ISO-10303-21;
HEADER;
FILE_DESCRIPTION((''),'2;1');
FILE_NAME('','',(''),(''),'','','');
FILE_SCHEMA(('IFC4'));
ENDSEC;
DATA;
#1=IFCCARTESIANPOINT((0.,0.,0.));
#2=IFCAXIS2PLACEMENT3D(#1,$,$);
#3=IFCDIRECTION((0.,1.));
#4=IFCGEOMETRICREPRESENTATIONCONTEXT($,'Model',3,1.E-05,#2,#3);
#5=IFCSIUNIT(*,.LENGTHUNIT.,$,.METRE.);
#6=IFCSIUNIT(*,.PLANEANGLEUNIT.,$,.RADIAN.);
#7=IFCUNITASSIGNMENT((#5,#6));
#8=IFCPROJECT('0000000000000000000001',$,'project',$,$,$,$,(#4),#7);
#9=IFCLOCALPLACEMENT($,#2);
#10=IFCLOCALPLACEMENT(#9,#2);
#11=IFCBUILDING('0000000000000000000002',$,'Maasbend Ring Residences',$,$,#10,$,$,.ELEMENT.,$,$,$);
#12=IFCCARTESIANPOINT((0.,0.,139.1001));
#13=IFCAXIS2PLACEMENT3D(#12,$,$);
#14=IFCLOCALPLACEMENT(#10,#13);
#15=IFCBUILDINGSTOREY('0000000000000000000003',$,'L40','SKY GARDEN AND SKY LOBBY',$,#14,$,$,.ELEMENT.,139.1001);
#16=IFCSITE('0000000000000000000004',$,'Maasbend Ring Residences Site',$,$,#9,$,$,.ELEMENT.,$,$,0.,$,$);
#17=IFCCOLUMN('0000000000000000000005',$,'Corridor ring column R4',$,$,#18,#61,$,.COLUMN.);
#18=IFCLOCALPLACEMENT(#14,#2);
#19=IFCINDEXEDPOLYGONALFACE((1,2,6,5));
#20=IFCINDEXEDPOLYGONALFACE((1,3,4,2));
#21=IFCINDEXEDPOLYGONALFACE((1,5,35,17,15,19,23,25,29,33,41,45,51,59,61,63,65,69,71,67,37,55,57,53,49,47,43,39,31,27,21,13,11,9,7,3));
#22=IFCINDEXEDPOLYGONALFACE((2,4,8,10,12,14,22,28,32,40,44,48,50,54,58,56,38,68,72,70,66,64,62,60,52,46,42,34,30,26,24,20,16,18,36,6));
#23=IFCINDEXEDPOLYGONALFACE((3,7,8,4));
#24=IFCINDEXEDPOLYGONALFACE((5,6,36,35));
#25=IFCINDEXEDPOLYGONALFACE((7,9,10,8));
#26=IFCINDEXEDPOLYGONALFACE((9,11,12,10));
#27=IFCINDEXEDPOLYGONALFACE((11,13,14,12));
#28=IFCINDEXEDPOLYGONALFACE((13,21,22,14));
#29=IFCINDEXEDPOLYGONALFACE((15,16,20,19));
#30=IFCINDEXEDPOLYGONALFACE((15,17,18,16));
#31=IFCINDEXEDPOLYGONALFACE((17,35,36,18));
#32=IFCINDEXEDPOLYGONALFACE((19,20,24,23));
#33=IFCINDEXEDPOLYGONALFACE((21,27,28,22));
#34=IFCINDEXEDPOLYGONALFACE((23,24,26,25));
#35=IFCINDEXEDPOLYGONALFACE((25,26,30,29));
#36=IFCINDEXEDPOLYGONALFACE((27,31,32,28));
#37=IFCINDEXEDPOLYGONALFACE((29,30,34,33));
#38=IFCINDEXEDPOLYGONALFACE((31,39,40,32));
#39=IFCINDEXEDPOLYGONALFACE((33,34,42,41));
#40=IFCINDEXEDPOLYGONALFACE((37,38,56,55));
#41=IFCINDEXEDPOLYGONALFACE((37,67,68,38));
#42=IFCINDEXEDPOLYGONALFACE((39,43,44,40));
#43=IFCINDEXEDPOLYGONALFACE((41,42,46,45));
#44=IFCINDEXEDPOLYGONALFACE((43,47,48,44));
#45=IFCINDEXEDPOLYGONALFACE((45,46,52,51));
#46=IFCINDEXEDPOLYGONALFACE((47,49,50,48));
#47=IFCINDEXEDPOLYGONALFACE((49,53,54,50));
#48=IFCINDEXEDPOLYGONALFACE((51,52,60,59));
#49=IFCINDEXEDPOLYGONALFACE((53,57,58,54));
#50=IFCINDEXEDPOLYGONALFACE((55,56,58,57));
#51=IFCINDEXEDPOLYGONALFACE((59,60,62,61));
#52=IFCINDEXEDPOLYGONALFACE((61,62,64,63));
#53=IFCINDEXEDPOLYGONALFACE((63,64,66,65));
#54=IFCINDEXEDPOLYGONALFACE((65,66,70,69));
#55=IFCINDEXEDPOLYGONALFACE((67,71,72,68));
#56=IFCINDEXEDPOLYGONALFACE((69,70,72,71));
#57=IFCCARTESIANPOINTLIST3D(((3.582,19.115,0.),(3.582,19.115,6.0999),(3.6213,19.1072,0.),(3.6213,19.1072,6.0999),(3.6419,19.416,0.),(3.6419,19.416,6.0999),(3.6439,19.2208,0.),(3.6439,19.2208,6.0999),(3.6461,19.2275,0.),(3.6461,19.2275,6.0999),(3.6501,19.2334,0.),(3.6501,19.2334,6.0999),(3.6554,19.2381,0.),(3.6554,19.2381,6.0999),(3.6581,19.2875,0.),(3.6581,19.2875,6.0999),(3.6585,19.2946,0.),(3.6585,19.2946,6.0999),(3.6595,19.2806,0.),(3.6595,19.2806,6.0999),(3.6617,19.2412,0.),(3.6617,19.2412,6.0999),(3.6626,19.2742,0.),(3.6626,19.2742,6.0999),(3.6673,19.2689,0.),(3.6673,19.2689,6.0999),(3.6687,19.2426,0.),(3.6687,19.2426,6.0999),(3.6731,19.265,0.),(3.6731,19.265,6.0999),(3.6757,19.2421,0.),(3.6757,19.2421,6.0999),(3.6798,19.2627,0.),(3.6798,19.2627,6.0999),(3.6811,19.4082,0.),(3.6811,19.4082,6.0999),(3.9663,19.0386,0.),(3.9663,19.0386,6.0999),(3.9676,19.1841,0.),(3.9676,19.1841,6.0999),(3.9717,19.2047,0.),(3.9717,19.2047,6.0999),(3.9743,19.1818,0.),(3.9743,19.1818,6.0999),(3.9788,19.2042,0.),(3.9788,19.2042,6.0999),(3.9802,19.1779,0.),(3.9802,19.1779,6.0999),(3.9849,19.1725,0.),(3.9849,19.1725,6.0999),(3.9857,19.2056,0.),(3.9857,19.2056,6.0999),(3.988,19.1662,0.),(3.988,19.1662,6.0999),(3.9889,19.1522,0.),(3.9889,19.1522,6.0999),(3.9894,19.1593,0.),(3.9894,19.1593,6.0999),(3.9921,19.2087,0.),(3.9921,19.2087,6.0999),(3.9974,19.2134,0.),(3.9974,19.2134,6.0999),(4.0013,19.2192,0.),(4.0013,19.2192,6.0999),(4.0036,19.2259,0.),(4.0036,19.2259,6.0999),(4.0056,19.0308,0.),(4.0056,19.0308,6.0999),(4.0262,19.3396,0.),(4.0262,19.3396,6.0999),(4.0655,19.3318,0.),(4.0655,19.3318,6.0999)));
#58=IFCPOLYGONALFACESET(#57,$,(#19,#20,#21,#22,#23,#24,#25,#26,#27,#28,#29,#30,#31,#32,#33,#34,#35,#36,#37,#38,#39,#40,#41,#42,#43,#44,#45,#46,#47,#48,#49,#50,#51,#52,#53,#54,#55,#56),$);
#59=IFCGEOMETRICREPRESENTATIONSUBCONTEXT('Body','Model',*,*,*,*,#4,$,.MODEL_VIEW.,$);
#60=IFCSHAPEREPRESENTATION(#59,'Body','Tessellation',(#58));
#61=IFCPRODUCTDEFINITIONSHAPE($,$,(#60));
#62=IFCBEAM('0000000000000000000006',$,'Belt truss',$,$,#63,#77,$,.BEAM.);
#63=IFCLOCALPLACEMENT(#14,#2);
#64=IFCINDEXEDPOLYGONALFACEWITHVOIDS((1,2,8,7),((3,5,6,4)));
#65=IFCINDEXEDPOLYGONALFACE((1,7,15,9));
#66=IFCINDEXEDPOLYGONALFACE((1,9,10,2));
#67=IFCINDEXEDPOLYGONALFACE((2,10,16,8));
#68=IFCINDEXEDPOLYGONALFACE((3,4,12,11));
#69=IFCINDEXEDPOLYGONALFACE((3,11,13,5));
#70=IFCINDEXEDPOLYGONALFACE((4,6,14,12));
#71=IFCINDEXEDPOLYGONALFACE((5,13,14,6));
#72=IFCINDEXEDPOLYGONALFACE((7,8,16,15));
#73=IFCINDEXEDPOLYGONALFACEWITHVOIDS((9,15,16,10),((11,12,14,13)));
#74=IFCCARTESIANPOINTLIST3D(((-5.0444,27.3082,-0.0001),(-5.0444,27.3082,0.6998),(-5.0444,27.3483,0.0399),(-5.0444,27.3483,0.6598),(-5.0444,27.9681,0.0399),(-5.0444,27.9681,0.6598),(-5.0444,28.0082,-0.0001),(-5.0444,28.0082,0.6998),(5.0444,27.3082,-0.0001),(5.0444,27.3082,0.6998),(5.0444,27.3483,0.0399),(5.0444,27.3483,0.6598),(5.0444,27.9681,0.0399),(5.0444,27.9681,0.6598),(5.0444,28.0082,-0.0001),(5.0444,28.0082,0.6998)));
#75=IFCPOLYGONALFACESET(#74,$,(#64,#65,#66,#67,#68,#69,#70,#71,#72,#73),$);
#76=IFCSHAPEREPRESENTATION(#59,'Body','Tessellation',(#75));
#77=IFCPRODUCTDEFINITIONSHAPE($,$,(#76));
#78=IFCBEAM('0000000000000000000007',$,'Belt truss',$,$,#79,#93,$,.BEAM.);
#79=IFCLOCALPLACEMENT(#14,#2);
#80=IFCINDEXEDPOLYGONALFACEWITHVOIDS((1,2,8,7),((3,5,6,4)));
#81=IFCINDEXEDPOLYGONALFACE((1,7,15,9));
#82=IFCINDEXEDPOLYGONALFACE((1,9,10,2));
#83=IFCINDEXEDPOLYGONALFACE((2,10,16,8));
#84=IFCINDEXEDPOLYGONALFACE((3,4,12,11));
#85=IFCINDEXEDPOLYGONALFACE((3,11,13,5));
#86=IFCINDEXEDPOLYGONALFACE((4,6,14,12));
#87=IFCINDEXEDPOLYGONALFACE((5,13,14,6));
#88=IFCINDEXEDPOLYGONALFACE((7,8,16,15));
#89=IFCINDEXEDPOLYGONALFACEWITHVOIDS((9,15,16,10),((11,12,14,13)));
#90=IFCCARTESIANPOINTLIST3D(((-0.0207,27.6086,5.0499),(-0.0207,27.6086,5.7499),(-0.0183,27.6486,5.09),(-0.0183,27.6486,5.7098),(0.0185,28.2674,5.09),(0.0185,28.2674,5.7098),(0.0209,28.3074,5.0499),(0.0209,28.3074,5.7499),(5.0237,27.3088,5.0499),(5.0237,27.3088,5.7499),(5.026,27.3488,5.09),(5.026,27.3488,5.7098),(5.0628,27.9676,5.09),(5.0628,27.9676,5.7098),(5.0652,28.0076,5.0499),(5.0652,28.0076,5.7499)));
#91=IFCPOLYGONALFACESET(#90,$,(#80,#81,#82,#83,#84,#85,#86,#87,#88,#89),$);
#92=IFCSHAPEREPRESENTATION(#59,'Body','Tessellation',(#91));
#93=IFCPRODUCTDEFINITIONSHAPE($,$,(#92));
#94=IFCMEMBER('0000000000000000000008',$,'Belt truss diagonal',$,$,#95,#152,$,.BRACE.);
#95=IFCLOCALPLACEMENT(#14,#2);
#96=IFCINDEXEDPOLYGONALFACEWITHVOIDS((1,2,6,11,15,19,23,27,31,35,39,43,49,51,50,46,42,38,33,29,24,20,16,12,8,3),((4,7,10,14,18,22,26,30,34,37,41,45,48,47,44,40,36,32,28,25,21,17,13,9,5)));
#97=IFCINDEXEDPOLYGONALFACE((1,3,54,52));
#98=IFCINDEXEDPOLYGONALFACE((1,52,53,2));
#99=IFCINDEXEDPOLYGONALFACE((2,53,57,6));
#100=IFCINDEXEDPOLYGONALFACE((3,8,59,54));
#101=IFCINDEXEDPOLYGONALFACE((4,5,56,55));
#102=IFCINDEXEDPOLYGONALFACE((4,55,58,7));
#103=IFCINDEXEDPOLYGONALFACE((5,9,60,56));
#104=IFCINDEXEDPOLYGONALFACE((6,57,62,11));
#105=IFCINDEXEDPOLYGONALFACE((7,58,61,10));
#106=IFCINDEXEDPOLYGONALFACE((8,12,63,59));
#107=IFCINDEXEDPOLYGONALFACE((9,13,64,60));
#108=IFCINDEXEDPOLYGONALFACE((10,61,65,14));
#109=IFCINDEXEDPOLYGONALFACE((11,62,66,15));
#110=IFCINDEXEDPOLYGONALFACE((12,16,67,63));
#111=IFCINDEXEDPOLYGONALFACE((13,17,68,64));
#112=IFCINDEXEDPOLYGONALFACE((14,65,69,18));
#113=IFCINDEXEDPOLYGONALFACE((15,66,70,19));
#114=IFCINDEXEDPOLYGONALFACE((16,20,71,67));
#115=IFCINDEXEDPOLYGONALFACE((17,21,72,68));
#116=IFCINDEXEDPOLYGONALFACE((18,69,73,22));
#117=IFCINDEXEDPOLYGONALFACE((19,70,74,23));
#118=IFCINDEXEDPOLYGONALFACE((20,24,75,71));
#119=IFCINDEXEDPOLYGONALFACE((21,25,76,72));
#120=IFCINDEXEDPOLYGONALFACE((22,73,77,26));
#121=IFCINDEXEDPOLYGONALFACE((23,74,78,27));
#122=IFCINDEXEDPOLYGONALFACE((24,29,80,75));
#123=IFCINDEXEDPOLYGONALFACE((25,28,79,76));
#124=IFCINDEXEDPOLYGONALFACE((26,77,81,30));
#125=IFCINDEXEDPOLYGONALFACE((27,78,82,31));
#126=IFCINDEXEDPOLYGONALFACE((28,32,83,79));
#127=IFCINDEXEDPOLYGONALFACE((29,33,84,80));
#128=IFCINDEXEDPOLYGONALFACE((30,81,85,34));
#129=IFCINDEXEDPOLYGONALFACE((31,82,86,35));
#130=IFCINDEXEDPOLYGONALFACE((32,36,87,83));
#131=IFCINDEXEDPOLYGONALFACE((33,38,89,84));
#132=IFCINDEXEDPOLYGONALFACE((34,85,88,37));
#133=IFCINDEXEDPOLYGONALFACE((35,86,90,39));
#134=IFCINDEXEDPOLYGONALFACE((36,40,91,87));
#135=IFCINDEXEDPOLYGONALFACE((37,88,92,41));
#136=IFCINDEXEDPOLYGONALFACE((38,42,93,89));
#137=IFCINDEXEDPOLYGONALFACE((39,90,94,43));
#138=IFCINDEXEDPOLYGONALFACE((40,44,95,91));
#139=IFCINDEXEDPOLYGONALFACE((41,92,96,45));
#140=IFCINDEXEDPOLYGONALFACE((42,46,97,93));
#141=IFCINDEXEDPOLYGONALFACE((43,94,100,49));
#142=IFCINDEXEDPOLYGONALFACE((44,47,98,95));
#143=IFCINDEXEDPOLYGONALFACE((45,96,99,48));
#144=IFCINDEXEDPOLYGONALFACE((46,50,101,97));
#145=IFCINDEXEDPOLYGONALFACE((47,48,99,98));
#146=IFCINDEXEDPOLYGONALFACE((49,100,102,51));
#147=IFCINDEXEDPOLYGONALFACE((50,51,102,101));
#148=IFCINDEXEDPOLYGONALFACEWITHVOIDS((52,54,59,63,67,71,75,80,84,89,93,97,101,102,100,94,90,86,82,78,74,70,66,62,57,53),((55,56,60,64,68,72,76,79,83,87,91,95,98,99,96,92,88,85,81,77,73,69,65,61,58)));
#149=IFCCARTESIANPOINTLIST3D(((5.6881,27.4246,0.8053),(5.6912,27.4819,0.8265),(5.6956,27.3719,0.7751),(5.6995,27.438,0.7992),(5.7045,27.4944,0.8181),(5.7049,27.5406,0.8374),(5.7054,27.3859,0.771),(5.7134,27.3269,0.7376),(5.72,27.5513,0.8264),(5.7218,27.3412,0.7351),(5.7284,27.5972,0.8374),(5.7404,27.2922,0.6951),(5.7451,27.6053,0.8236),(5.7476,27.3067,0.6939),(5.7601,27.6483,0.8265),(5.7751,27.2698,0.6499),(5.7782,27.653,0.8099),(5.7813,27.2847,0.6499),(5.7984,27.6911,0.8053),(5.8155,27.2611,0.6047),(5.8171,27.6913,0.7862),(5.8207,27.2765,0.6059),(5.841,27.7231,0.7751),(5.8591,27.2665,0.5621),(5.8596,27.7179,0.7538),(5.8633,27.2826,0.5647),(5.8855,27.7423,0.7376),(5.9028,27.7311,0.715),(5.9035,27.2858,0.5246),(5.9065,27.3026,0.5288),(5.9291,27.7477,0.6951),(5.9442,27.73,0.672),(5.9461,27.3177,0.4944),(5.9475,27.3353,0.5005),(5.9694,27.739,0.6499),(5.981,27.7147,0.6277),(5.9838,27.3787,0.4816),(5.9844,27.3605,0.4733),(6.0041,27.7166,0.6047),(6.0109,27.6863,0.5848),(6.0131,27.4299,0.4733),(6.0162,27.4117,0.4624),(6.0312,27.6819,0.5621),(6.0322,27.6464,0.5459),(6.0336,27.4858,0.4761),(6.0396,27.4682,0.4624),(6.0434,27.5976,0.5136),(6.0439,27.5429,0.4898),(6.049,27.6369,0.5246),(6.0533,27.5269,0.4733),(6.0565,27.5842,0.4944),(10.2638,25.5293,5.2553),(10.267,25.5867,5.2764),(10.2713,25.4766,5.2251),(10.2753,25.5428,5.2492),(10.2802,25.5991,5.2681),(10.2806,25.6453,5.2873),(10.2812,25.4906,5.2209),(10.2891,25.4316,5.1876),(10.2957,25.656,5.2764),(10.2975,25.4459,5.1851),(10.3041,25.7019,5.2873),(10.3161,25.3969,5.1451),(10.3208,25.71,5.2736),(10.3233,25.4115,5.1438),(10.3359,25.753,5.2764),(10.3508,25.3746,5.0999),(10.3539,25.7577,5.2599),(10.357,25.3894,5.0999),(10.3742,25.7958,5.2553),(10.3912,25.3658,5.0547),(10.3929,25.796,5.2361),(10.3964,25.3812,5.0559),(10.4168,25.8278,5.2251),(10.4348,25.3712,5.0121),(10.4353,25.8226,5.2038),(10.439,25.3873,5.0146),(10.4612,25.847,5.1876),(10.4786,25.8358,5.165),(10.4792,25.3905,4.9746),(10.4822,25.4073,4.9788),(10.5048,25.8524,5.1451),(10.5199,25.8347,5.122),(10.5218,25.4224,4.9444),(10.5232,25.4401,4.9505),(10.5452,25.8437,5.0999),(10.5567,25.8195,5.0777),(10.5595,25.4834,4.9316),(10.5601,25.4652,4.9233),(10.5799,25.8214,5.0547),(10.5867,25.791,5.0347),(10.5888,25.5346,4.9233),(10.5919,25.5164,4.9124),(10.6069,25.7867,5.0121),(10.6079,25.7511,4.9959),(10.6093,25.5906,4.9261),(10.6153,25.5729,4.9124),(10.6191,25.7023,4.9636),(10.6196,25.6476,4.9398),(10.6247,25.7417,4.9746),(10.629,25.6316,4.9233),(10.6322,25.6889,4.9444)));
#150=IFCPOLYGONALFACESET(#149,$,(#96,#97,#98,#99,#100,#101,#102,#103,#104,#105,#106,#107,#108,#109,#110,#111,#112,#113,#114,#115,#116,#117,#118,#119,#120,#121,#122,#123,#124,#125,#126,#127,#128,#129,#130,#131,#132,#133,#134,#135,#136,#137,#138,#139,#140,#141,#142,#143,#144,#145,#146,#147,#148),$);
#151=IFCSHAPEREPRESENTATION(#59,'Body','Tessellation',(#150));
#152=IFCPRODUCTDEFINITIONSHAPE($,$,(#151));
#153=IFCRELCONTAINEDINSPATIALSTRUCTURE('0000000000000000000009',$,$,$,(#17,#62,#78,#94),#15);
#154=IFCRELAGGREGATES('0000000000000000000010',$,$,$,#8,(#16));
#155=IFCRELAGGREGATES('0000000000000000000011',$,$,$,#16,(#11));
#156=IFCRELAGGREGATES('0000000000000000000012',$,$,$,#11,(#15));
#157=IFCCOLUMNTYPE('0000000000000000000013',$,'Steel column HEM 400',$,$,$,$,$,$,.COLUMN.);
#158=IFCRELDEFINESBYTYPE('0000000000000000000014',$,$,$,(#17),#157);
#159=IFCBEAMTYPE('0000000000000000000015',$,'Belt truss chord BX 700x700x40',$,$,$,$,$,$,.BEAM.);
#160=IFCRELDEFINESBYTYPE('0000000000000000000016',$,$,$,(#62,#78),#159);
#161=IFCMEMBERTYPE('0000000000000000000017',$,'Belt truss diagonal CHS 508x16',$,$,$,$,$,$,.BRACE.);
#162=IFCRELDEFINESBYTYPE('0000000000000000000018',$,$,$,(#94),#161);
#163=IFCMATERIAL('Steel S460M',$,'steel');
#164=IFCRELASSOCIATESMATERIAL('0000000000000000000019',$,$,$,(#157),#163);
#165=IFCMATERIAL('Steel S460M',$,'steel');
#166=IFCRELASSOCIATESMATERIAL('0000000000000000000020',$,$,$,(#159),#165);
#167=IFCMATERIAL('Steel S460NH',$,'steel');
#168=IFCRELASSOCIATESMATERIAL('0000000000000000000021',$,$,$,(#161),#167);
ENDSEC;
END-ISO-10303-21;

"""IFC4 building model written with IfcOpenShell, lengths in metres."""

from ifc_helpers import new_model, si_unit, direction, frame, origin, origin_2d, place, context, subcontext, project, spatial, hollow_rectangle, hollow_circle, i_section, extrude, material, material_profile, profile_set, type_object, element, save


model = new_model("IFC4")

# Units and contexts
model_context = context("Model", 3, precision=1e-05, world=origin(), true_north=direction((0.0, 1.0)))
body_context = subcontext(model_context, "Body", "Model", "MODEL_VIEW")
ifc_project = project(units=[si_unit("LENGTHUNIT", "METRE"), si_unit("PLANEANGLEUNIT", "RADIAN")], contexts=[model_context])

# Site, building, storey
site_placement = place(None, origin())
site = spatial("IfcSite", under=ifc_project, at=site_placement, Name="Maasbend Ring Residences Site", CompositionType="ELEMENT", RefElevation=0.0)
building_placement = place(site_placement, origin())
building = spatial("IfcBuilding", under=site, at=building_placement, Name="Maasbend Ring Residences", CompositionType="ELEMENT")
storey_placement = place(building_placement, frame((0.0, 0.0, 139.1001)))
storey = spatial("IfcBuildingStorey", under=building, at=storey_placement, Name="L40", Description="SKY GARDEN AND SKY LOBBY", CompositionType="ELEMENT", Elevation=139.1001)

# Column
ifc_material_1 = material(Name="Steel S460M", Category="steel")
ifc_material_profile_1 = material_profile(ifc_material_1, i_section(OverallWidth=0.3069, OverallDepth=0.4319, WebThickness=0.021, FlangeThickness=0.04, FilletRadius=0.0271, at=origin_2d()), Name="HEM 400")
ifc_profile_set_1 = profile_set([ifc_material_profile_1], Name="Steel S460M")
column_type_1 = type_object("IfcColumnType", Name="Steel column HEM 400", PredefinedType="COLUMN", material=ifc_profile_set_1)
for number, where, z_axis, x_axis, name in (
    (1, (3.8237, 19.2234, 0.0), (0.0, 0.0, 1.0), (0.19509, 0.980785, 0.0), "Corridor ring column R4"),
):
    element("IfcColumn", number, at=place(storey_placement, frame(where, z_axis=z_axis, x_axis=x_axis)), inside=storey, type_object=column_type_1, Name=name, PredefinedType="COLUMN", context=body_context, shape_type="SweptSolid", body=[
        extrude(i_section(OverallWidth=0.3069, OverallDepth=0.4319, WebThickness=0.021, FlangeThickness=0.04, FilletRadius=0.0271, at=origin_2d()), origin(), (0.0, 0.0, 1.0), 6.0999),
    ])

# Beams
ifc_material_2 = material(Name="Steel S460M", Category="steel")
ifc_material_profile_2 = material_profile(ifc_material_2, hollow_rectangle(XDim=0.7, YDim=0.7, WallThickness=0.04, at=origin_2d()), Name="Belt truss chord BX 700x700x40")
ifc_profile_set_2 = profile_set([ifc_material_profile_2], Name="Steel S460M")
beam_type_1 = type_object("IfcBeamType", Name="Belt truss chord BX 700x700x40", PredefinedType="BEAM", material=ifc_profile_set_2)
beam_1_placement = place(storey_placement, frame((5.0444, 27.6582, 0.3499), z_axis=(-1.0, 0.0, 0.0), x_axis=(0.0, -1.0, 0.0)))
element("IfcBeam", 2, at=beam_1_placement, inside=storey, type_object=beam_type_1, Name="Belt truss", PredefinedType="BEAM", context=body_context, shape_type="SweptSolid", body=[
    extrude(hollow_rectangle(XDim=0.7, YDim=0.7, WallThickness=0.04, at=origin_2d()), origin(), (0.0, 0.0, 1.0), 10.0889),
])
beam_2_placement = place(storey_placement, frame((5.0444, 27.6582, 5.3999), z_axis=(-0.998239, 0.059328, 0.0), x_axis=(-0.059328, -0.998239, 0.0)))
element("IfcBeam", 3, at=beam_2_placement, inside=storey, type_object=beam_type_1, Name="Belt truss", PredefinedType="BEAM", context=body_context, shape_type="SweptSolid", body=[
    extrude(hollow_rectangle(XDim=0.7, YDim=0.7, WallThickness=0.04, at=origin_2d()), origin(), (0.0, 0.0, 1.0), 5.0532),
])

# Member
ifc_material_3 = material(Name="Steel S460NH", Category="steel")
ifc_material_profile_3 = material_profile(ifc_material_3, hollow_circle(Radius=0.2539, WallThickness=0.0161, at=origin_2d()), Name="Belt truss diagonal CHS 508x16")
ifc_profile_set_3 = profile_set([ifc_material_profile_3], Name="Steel S460NH")
member_type_1 = type_object("IfcMemberType", Name="Belt truss diagonal CHS 508x16", PredefinedType="BRACE", material=ifc_profile_set_3)
member_1_placement = place(storey_placement, frame((10.448, 25.6091, 5.0999), z_axis=(-0.68723, 0.284653, -0.668346), x_axis=(-0.382675, -0.923883, 0.0)))
element("IfcMember", 4, at=member_1_placement, inside=storey, type_object=member_type_1, Name="Belt truss diagonal", PredefinedType="BRACE", context=body_context, shape_type="SweptSolid", body=[
    extrude(hollow_circle(Radius=0.2539, WallThickness=0.0161, at=origin_2d()), origin(), (0.0, 0.0, 1.0), 6.6582),
])

save(model, "model.ifc")
